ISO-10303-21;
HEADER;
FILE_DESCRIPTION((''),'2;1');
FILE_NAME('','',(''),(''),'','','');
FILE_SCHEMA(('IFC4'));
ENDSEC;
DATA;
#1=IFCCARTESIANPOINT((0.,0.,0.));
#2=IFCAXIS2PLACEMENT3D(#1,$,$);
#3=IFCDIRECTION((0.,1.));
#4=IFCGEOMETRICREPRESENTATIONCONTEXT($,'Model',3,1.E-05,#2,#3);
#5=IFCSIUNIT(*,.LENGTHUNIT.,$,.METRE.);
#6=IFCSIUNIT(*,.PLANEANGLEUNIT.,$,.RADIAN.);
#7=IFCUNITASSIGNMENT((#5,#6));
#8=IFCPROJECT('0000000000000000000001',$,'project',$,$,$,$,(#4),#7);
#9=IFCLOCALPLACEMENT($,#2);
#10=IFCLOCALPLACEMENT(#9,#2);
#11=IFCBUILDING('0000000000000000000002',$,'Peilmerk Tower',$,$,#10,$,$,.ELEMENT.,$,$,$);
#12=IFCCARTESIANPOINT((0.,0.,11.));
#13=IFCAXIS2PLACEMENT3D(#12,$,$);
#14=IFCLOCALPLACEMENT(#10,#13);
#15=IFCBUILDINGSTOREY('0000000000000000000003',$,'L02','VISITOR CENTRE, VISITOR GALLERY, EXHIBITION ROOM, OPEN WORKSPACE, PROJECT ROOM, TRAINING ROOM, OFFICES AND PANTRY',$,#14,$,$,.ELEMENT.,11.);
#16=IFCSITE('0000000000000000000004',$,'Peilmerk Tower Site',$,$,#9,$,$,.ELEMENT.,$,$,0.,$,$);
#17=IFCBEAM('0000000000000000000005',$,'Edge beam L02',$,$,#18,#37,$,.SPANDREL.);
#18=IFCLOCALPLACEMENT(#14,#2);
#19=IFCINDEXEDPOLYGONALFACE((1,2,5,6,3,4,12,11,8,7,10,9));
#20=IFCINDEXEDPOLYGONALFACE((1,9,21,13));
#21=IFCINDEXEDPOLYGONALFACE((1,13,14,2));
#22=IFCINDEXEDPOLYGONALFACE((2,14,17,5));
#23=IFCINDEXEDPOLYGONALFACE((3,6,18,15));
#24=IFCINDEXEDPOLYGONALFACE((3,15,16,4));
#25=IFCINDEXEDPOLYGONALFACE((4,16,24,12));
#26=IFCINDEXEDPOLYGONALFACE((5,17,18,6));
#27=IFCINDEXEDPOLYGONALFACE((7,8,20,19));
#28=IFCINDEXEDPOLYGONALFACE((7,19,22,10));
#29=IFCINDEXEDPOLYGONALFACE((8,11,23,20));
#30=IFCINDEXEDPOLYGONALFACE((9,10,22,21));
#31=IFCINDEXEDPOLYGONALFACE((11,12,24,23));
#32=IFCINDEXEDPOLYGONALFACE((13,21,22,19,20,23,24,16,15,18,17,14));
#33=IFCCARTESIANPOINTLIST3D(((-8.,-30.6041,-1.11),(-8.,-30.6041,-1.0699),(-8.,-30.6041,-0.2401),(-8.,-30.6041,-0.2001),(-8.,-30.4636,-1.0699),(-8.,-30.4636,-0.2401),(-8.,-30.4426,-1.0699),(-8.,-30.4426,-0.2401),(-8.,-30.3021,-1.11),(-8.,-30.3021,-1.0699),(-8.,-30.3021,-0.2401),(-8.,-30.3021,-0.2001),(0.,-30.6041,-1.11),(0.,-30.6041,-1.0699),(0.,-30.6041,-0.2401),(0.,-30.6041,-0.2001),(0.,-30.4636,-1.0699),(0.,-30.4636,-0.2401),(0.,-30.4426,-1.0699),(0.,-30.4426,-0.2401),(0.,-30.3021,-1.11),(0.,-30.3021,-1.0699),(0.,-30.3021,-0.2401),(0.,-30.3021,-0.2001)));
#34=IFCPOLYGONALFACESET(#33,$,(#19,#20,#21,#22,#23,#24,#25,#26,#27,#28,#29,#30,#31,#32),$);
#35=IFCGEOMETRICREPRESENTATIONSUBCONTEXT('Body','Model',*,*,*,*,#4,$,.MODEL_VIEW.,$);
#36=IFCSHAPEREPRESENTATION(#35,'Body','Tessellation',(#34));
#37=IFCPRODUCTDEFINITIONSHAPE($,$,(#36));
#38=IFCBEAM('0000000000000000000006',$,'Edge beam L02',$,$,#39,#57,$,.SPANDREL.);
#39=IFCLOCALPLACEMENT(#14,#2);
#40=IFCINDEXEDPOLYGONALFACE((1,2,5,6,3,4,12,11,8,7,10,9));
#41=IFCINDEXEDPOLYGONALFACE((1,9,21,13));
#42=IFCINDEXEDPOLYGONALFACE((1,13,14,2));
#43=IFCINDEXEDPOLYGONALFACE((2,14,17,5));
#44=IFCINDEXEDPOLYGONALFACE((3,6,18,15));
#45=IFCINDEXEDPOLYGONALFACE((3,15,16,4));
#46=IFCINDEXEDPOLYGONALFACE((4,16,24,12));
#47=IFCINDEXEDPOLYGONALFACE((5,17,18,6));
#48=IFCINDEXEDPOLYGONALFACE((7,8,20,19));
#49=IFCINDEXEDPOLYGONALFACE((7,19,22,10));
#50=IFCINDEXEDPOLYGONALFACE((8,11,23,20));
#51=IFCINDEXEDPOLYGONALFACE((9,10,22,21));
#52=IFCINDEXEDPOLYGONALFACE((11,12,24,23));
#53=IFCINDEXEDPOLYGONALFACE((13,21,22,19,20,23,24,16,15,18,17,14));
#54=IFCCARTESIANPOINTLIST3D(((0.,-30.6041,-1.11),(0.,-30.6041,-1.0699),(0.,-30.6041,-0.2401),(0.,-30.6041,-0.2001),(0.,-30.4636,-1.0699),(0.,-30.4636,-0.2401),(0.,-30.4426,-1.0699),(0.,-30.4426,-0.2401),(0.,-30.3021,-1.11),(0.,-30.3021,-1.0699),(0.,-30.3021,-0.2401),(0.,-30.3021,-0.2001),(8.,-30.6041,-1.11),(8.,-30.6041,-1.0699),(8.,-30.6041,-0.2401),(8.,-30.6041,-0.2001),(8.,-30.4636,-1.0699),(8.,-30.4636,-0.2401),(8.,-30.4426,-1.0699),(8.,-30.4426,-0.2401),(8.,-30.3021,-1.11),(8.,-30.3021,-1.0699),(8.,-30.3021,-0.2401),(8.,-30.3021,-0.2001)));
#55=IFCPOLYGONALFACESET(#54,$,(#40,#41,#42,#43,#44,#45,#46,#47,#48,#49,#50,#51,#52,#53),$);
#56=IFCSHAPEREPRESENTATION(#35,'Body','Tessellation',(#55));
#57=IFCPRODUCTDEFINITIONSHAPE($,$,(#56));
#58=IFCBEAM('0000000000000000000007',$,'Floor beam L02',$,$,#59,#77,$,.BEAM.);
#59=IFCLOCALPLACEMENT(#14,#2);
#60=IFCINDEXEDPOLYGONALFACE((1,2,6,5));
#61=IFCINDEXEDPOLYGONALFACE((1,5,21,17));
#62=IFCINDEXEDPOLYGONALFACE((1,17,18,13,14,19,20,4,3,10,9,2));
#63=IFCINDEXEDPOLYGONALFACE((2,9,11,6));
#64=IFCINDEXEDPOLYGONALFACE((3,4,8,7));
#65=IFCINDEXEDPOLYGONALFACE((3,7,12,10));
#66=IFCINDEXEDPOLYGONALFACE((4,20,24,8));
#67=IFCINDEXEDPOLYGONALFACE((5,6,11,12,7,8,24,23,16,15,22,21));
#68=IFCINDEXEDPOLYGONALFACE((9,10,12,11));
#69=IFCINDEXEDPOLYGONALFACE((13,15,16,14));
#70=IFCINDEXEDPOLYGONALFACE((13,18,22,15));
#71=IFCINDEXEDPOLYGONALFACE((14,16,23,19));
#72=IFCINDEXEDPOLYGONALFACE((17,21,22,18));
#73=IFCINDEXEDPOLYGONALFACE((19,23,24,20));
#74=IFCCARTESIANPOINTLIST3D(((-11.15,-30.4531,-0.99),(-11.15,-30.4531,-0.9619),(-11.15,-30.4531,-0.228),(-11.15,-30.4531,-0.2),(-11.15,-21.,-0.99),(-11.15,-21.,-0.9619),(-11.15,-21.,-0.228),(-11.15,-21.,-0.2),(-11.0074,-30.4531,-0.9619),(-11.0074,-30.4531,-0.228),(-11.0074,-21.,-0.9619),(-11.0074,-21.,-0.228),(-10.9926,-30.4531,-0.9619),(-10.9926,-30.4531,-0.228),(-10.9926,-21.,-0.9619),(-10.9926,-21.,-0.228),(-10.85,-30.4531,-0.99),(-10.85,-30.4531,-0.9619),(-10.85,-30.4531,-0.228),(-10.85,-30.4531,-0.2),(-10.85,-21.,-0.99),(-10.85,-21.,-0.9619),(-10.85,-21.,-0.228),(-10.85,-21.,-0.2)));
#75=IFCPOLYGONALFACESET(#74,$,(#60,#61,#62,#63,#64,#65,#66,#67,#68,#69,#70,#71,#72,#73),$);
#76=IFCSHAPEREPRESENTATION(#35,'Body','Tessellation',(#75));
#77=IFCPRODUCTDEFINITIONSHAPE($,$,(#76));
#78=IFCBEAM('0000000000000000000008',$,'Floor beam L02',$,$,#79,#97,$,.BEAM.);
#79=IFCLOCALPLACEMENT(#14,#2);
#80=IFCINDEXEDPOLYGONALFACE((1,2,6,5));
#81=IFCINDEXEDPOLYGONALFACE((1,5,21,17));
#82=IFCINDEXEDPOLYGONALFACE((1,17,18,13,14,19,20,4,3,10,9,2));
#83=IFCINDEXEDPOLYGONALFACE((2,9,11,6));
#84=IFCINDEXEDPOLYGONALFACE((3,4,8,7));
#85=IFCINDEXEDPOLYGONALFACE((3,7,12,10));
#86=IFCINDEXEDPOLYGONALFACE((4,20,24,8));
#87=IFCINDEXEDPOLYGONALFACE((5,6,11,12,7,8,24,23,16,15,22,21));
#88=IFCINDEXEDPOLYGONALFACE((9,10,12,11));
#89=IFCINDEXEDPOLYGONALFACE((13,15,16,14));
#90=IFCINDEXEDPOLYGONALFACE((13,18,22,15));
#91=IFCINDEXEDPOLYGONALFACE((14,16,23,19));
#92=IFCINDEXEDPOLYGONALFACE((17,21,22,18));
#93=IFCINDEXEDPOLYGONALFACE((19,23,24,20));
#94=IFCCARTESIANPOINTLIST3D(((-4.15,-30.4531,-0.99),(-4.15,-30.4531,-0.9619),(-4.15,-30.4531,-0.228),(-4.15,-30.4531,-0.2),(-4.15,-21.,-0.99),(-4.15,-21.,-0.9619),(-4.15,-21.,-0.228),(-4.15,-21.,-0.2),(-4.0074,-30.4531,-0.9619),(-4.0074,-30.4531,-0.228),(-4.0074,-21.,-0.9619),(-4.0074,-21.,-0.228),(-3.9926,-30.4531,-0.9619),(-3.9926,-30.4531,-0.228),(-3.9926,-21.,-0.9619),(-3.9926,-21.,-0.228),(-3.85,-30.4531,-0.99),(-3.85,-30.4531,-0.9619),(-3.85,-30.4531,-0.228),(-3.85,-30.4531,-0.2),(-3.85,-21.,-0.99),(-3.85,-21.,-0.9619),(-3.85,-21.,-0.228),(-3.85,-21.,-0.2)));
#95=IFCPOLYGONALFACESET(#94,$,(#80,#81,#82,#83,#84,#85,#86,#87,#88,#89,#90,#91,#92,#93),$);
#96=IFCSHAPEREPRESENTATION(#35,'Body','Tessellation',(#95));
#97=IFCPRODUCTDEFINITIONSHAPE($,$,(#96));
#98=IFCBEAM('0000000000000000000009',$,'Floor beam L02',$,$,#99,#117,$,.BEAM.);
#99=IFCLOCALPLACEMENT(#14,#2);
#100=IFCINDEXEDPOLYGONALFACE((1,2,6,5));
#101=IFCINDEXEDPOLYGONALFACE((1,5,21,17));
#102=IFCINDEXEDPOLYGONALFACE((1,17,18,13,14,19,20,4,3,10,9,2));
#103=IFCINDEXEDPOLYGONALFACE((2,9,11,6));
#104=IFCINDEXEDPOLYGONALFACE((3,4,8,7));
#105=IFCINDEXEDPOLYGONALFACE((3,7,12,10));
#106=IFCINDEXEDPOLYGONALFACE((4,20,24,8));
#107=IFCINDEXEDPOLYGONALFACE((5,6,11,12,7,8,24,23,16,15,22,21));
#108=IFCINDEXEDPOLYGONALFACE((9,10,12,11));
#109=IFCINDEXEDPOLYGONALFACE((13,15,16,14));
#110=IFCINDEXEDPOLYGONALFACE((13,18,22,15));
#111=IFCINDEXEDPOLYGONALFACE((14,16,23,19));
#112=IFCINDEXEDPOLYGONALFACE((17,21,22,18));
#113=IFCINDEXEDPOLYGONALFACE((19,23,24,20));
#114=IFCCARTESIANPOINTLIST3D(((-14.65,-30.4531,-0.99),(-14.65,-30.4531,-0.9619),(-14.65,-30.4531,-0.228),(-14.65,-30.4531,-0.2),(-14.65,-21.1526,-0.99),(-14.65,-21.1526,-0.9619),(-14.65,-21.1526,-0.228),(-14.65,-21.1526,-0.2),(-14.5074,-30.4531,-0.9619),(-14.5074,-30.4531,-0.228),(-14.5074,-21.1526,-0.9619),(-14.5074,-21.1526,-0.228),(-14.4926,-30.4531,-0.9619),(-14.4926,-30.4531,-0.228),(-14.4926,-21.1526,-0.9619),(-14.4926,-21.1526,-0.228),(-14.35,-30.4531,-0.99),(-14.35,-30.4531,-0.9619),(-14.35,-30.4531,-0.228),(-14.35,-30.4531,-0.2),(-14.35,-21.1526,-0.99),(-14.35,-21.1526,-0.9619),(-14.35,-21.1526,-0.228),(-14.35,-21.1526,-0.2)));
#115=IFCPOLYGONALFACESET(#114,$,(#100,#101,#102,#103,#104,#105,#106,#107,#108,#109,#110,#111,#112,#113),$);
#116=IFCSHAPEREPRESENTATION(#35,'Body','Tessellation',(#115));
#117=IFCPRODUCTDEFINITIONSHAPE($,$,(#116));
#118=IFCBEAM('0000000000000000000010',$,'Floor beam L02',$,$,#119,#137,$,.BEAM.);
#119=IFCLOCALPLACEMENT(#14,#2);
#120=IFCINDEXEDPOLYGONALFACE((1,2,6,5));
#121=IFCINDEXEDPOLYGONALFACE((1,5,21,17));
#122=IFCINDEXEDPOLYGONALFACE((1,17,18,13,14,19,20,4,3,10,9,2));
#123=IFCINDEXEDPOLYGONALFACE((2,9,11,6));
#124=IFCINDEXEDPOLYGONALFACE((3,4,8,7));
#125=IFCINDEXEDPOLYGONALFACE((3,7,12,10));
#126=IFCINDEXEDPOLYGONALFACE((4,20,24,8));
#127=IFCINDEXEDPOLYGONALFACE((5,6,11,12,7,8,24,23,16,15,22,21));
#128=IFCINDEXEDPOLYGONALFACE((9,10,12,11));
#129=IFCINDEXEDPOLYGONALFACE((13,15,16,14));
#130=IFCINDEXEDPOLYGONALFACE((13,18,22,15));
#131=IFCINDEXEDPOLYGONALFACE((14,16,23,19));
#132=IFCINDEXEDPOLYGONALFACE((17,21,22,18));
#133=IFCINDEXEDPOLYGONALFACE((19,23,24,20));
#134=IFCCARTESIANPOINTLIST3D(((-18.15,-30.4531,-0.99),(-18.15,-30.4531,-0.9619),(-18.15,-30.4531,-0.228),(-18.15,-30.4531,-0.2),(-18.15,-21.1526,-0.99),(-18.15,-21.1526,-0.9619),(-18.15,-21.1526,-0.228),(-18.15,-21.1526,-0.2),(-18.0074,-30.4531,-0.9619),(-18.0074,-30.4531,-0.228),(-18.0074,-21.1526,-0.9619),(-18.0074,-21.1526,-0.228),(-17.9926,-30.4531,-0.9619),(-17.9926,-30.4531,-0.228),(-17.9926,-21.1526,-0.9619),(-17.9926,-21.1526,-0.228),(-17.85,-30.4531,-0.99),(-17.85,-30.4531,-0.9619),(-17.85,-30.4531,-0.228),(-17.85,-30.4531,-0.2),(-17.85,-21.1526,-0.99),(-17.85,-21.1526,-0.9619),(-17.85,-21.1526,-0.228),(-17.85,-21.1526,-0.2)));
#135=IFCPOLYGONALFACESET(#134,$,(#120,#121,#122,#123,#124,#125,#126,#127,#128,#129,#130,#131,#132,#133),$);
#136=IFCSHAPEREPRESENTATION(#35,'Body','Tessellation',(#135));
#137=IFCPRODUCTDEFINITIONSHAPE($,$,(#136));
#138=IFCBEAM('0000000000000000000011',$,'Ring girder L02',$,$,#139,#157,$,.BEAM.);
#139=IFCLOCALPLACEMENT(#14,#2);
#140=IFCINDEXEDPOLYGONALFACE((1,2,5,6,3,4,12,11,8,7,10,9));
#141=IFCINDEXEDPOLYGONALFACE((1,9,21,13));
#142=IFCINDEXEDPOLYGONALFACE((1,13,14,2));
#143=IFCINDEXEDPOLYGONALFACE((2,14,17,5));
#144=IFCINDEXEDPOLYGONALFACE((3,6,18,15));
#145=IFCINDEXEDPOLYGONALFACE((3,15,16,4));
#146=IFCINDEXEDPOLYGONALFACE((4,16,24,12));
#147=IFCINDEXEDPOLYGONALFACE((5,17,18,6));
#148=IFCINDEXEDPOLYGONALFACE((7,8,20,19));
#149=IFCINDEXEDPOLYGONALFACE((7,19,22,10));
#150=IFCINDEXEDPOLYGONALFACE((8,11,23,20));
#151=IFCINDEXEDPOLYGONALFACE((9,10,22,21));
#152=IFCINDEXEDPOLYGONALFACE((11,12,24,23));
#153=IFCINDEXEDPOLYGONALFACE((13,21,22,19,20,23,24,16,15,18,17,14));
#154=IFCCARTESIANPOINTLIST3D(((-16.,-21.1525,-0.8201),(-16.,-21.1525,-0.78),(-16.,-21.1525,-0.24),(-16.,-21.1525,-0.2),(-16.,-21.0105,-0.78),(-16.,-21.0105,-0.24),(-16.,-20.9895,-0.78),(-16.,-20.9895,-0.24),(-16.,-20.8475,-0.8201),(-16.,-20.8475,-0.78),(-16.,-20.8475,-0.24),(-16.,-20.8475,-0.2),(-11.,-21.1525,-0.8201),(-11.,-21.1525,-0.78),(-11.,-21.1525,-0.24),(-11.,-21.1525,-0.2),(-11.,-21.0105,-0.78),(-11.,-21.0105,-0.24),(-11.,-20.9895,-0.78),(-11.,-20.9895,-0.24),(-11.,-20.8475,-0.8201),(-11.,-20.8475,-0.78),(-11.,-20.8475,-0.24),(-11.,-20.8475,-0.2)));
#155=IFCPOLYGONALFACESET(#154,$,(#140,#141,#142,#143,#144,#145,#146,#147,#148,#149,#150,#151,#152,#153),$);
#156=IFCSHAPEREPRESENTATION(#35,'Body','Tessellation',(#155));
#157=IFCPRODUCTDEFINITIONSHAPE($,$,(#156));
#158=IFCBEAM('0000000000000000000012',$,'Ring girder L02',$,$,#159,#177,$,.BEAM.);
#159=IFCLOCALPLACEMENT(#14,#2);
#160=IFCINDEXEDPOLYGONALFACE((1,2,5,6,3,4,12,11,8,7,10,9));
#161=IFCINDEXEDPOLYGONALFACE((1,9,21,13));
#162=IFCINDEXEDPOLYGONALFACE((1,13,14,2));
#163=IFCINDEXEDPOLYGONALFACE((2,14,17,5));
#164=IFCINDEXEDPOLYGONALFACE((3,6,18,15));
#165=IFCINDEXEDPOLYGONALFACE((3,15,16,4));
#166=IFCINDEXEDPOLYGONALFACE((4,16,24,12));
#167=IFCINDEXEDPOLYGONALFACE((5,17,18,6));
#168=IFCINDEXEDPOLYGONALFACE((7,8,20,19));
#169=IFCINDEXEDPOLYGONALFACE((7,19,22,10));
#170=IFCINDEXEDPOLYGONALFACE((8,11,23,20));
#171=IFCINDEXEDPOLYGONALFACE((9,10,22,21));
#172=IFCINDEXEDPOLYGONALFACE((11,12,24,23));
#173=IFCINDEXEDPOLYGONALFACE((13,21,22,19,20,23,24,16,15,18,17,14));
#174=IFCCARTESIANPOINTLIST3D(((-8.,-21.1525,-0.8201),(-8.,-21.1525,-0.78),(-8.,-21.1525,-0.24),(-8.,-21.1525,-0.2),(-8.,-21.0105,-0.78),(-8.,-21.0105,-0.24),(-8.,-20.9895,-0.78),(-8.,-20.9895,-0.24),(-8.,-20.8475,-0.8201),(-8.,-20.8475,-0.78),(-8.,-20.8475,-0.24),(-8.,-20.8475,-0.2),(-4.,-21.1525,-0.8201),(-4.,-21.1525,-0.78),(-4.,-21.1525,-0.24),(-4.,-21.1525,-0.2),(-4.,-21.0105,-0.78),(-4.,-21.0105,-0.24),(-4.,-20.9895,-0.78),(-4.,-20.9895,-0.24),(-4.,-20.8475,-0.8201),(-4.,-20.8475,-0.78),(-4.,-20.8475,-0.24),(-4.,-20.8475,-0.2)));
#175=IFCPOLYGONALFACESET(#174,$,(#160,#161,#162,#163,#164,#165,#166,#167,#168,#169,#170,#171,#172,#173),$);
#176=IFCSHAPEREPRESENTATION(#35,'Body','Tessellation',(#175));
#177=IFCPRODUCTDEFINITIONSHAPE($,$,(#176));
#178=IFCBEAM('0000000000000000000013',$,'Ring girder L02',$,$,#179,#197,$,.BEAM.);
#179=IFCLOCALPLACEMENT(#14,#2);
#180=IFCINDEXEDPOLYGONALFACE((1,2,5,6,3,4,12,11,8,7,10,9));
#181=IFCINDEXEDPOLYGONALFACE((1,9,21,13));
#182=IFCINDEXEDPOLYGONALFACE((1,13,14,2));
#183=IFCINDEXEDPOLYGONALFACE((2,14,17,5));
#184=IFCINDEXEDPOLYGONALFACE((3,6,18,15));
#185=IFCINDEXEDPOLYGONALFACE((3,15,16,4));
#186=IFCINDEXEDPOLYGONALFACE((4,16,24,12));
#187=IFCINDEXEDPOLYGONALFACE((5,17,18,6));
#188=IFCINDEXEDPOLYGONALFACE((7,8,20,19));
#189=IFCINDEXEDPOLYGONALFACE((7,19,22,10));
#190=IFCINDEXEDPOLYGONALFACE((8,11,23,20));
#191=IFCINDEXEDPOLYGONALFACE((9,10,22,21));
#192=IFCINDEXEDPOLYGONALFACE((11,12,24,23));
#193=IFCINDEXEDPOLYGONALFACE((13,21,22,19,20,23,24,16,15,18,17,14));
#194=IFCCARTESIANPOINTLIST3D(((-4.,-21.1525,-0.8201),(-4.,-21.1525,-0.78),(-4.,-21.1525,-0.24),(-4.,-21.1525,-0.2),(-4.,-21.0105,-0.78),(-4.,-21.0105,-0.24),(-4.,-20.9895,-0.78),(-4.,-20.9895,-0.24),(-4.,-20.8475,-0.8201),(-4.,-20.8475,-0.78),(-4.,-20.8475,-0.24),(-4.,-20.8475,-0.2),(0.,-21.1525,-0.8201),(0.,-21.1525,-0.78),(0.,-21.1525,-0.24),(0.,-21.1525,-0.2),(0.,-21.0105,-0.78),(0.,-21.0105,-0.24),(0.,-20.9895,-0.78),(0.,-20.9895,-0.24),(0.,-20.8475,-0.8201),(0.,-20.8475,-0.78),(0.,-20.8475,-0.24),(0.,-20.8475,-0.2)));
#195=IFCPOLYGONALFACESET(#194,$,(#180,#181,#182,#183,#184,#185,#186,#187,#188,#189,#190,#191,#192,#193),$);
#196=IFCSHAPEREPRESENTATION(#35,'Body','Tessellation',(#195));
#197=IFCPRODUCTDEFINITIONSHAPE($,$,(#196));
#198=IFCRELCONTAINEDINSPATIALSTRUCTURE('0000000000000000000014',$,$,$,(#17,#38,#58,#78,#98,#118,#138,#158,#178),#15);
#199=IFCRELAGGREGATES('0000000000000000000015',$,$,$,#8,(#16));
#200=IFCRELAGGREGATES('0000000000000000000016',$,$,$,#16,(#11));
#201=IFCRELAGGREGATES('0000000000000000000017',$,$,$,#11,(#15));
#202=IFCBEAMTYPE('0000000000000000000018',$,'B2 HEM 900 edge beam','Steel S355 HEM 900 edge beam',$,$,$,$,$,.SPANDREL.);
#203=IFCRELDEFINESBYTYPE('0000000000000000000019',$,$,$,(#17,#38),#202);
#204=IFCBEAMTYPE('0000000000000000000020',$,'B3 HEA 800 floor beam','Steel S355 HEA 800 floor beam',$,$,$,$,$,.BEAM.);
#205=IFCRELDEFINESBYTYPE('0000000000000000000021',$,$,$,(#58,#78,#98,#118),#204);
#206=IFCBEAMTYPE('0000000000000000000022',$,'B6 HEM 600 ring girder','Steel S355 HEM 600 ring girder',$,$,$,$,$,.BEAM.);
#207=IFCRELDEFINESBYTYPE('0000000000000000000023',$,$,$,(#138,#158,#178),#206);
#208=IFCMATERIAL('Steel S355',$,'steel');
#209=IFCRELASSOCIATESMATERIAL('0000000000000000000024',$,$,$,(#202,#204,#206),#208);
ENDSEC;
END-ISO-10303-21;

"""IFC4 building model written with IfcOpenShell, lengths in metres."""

from ifc_helpers import new_model, si_unit, direction, frame, origin, origin_2d, place, context, subcontext, project, spatial, i_section, extrude, material, material_profile, profile_set, type_object, element, save


model = new_model("IFC4")

# Units and contexts
model_context = context("Model", 3, precision=1e-05, world=origin(), true_north=direction((0.0, 1.0)))
body_context = subcontext(model_context, "Body", "Model", "MODEL_VIEW")
ifc_project = project(units=[si_unit("LENGTHUNIT", "METRE"), si_unit("PLANEANGLEUNIT", "RADIAN")], contexts=[model_context])

# Site, building, storey
site_placement = place(None, origin())
site = spatial("IfcSite", under=ifc_project, at=site_placement, Name="Peilmerk Tower Site", CompositionType="ELEMENT", RefElevation=0.0)
building_placement = place(site_placement, origin())
building = spatial("IfcBuilding", under=site, at=building_placement, Name="Peilmerk Tower", CompositionType="ELEMENT")
storey_placement = place(building_placement, frame((0.0, 0.0, 11.0)))
storey = spatial("IfcBuildingStorey", under=building, at=storey_placement, Name="L02", Description="VISITOR CENTRE, VISITOR GALLERY, EXHIBITION ROOM, OPEN WORKSPACE, PROJECT ROOM, TRAINING ROOM, OFFICES AND PANTRY", CompositionType="ELEMENT", Elevation=11.0)

# Beams
ifc_material_1 = material(Name="Steel S355", Category="steel")
ifc_material_profile_1 = material_profile(ifc_material_1, i_section(OverallWidth=0.302, OverallDepth=0.9099, WebThickness=0.021, FlangeThickness=0.04, at=origin_2d()), Name="HEM 900")
ifc_profile_set_1 = profile_set([ifc_material_profile_1], Name="Steel S355")
beam_type_1 = type_object("IfcBeamType", Name="B2 HEM 900 edge beam", Description="Steel S355 HEM 900 edge beam", PredefinedType="SPANDREL", material=ifc_profile_set_1)
for number, where, z_axis, x_axis, name in (
    (1, (-8.0, -30.4531, -0.655), (1.0, 0.0, 0.0), (0.0, 1.0, 0.0), "Edge beam L02"),
    (2, (0.0, -30.4531, -0.655), (1.0, 0.0, 0.0), (0.0, 1.0, 0.0), "Edge beam L02"),
):
    element("IfcBeam", number, at=place(storey_placement, frame(where, z_axis=z_axis, x_axis=x_axis)), inside=storey, type_object=beam_type_1, Name=name, PredefinedType="SPANDREL", context=body_context, shape_type="SweptSolid", body=[
        extrude(i_section(OverallWidth=0.302, OverallDepth=0.9099, WebThickness=0.021, FlangeThickness=0.04, at=origin_2d()), origin(), (0.0, 0.0, 1.0), 8.0),
    ])
ifc_material_profile_2 = material_profile(ifc_material_1, i_section(OverallWidth=0.3, OverallDepth=0.79, WebThickness=0.0149, FlangeThickness=0.0281, at=origin_2d()), Name="HEA 800")
ifc_profile_set_2 = profile_set([ifc_material_profile_2], Name="Steel S355")
beam_type_2 = type_object("IfcBeamType", Name="B3 HEA 800 floor beam", Description="Steel S355 HEA 800 floor beam", PredefinedType="BEAM", material=ifc_profile_set_2)
for number, where, z_axis, x_axis, name in (
    (3, (-11.0, -21.0, -0.595), (0.0, -1.0, 0.0), (1.0, 0.0, 0.0), "Floor beam L02"),
    (4, (-4.0, -21.0, -0.595), (0.0, -1.0, 0.0), (1.0, 0.0, 0.0), "Floor beam L02"),
):
    element("IfcBeam", number, at=place(storey_placement, frame(where, z_axis=z_axis, x_axis=x_axis)), inside=storey, type_object=beam_type_2, Name=name, PredefinedType="BEAM", context=body_context, shape_type="SweptSolid", body=[
        extrude(i_section(OverallWidth=0.3, OverallDepth=0.79, WebThickness=0.0149, FlangeThickness=0.0281, at=origin_2d()), origin(), (0.0, 0.0, 1.0), 9.4531),
    ])
for number, where, z_axis, x_axis, name in (
    (5, (-14.5, -21.1526, -0.595), (0.0, -1.0, 0.0), (1.0, 0.0, 0.0), "Floor beam L02"),
    (6, (-18.0, -21.1526, -0.595), (0.0, -1.0, 0.0), (1.0, 0.0, 0.0), "Floor beam L02"),
):
    element("IfcBeam", number, at=place(storey_placement, frame(where, z_axis=z_axis, x_axis=x_axis)), inside=storey, type_object=beam_type_2, Name=name, PredefinedType="BEAM", context=body_context, shape_type="SweptSolid", body=[
        extrude(i_section(OverallWidth=0.3, OverallDepth=0.79, WebThickness=0.0149, FlangeThickness=0.0281, at=origin_2d()), origin(), (0.0, 0.0, 1.0), 9.3005),
    ])
ifc_material_profile_3 = material_profile(ifc_material_1, i_section(OverallWidth=0.3049, OverallDepth=0.6201, WebThickness=0.021, FlangeThickness=0.04, at=origin_2d()), Name="HEM 600")
ifc_profile_set_3 = profile_set([ifc_material_profile_3], Name="Steel S355")
beam_type_3 = type_object("IfcBeamType", Name="B6 HEM 600 ring girder", Description="Steel S355 HEM 600 ring girder", PredefinedType="BEAM", material=ifc_profile_set_3)
beam_1_placement = place(storey_placement, frame((-16.0, -21.0, -0.51), z_axis=(1.0, 0.0, 0.0), x_axis=(0.0, 1.0, 0.0)))
element("IfcBeam", 7, at=beam_1_placement, inside=storey, type_object=beam_type_3, Name="Ring girder L02", PredefinedType="BEAM", context=body_context, shape_type="SweptSolid", body=[
    extrude(i_section(OverallWidth=0.3049, OverallDepth=0.6201, WebThickness=0.021, FlangeThickness=0.04, at=origin_2d()), origin(), (0.0, 0.0, 1.0), 5.0),
])
for number, where, z_axis, x_axis, name in (
    (8, (-8.0, -21.0, -0.51), (1.0, 0.0, 0.0), (0.0, 1.0, 0.0), "Ring girder L02"),
    (9, (-4.0, -21.0, -0.51), (1.0, 0.0, 0.0), (0.0, 1.0, 0.0), "Ring girder L02"),
):
    element("IfcBeam", number, at=place(storey_placement, frame(where, z_axis=z_axis, x_axis=x_axis)), inside=storey, type_object=beam_type_3, Name=name, PredefinedType="BEAM", context=body_context, shape_type="SweptSolid", body=[
        extrude(i_section(OverallWidth=0.3049, OverallDepth=0.6201, WebThickness=0.021, FlangeThickness=0.04, at=origin_2d()), origin(), (0.0, 0.0, 1.0), 4.0),
    ])

save(model, "model.ifc")
